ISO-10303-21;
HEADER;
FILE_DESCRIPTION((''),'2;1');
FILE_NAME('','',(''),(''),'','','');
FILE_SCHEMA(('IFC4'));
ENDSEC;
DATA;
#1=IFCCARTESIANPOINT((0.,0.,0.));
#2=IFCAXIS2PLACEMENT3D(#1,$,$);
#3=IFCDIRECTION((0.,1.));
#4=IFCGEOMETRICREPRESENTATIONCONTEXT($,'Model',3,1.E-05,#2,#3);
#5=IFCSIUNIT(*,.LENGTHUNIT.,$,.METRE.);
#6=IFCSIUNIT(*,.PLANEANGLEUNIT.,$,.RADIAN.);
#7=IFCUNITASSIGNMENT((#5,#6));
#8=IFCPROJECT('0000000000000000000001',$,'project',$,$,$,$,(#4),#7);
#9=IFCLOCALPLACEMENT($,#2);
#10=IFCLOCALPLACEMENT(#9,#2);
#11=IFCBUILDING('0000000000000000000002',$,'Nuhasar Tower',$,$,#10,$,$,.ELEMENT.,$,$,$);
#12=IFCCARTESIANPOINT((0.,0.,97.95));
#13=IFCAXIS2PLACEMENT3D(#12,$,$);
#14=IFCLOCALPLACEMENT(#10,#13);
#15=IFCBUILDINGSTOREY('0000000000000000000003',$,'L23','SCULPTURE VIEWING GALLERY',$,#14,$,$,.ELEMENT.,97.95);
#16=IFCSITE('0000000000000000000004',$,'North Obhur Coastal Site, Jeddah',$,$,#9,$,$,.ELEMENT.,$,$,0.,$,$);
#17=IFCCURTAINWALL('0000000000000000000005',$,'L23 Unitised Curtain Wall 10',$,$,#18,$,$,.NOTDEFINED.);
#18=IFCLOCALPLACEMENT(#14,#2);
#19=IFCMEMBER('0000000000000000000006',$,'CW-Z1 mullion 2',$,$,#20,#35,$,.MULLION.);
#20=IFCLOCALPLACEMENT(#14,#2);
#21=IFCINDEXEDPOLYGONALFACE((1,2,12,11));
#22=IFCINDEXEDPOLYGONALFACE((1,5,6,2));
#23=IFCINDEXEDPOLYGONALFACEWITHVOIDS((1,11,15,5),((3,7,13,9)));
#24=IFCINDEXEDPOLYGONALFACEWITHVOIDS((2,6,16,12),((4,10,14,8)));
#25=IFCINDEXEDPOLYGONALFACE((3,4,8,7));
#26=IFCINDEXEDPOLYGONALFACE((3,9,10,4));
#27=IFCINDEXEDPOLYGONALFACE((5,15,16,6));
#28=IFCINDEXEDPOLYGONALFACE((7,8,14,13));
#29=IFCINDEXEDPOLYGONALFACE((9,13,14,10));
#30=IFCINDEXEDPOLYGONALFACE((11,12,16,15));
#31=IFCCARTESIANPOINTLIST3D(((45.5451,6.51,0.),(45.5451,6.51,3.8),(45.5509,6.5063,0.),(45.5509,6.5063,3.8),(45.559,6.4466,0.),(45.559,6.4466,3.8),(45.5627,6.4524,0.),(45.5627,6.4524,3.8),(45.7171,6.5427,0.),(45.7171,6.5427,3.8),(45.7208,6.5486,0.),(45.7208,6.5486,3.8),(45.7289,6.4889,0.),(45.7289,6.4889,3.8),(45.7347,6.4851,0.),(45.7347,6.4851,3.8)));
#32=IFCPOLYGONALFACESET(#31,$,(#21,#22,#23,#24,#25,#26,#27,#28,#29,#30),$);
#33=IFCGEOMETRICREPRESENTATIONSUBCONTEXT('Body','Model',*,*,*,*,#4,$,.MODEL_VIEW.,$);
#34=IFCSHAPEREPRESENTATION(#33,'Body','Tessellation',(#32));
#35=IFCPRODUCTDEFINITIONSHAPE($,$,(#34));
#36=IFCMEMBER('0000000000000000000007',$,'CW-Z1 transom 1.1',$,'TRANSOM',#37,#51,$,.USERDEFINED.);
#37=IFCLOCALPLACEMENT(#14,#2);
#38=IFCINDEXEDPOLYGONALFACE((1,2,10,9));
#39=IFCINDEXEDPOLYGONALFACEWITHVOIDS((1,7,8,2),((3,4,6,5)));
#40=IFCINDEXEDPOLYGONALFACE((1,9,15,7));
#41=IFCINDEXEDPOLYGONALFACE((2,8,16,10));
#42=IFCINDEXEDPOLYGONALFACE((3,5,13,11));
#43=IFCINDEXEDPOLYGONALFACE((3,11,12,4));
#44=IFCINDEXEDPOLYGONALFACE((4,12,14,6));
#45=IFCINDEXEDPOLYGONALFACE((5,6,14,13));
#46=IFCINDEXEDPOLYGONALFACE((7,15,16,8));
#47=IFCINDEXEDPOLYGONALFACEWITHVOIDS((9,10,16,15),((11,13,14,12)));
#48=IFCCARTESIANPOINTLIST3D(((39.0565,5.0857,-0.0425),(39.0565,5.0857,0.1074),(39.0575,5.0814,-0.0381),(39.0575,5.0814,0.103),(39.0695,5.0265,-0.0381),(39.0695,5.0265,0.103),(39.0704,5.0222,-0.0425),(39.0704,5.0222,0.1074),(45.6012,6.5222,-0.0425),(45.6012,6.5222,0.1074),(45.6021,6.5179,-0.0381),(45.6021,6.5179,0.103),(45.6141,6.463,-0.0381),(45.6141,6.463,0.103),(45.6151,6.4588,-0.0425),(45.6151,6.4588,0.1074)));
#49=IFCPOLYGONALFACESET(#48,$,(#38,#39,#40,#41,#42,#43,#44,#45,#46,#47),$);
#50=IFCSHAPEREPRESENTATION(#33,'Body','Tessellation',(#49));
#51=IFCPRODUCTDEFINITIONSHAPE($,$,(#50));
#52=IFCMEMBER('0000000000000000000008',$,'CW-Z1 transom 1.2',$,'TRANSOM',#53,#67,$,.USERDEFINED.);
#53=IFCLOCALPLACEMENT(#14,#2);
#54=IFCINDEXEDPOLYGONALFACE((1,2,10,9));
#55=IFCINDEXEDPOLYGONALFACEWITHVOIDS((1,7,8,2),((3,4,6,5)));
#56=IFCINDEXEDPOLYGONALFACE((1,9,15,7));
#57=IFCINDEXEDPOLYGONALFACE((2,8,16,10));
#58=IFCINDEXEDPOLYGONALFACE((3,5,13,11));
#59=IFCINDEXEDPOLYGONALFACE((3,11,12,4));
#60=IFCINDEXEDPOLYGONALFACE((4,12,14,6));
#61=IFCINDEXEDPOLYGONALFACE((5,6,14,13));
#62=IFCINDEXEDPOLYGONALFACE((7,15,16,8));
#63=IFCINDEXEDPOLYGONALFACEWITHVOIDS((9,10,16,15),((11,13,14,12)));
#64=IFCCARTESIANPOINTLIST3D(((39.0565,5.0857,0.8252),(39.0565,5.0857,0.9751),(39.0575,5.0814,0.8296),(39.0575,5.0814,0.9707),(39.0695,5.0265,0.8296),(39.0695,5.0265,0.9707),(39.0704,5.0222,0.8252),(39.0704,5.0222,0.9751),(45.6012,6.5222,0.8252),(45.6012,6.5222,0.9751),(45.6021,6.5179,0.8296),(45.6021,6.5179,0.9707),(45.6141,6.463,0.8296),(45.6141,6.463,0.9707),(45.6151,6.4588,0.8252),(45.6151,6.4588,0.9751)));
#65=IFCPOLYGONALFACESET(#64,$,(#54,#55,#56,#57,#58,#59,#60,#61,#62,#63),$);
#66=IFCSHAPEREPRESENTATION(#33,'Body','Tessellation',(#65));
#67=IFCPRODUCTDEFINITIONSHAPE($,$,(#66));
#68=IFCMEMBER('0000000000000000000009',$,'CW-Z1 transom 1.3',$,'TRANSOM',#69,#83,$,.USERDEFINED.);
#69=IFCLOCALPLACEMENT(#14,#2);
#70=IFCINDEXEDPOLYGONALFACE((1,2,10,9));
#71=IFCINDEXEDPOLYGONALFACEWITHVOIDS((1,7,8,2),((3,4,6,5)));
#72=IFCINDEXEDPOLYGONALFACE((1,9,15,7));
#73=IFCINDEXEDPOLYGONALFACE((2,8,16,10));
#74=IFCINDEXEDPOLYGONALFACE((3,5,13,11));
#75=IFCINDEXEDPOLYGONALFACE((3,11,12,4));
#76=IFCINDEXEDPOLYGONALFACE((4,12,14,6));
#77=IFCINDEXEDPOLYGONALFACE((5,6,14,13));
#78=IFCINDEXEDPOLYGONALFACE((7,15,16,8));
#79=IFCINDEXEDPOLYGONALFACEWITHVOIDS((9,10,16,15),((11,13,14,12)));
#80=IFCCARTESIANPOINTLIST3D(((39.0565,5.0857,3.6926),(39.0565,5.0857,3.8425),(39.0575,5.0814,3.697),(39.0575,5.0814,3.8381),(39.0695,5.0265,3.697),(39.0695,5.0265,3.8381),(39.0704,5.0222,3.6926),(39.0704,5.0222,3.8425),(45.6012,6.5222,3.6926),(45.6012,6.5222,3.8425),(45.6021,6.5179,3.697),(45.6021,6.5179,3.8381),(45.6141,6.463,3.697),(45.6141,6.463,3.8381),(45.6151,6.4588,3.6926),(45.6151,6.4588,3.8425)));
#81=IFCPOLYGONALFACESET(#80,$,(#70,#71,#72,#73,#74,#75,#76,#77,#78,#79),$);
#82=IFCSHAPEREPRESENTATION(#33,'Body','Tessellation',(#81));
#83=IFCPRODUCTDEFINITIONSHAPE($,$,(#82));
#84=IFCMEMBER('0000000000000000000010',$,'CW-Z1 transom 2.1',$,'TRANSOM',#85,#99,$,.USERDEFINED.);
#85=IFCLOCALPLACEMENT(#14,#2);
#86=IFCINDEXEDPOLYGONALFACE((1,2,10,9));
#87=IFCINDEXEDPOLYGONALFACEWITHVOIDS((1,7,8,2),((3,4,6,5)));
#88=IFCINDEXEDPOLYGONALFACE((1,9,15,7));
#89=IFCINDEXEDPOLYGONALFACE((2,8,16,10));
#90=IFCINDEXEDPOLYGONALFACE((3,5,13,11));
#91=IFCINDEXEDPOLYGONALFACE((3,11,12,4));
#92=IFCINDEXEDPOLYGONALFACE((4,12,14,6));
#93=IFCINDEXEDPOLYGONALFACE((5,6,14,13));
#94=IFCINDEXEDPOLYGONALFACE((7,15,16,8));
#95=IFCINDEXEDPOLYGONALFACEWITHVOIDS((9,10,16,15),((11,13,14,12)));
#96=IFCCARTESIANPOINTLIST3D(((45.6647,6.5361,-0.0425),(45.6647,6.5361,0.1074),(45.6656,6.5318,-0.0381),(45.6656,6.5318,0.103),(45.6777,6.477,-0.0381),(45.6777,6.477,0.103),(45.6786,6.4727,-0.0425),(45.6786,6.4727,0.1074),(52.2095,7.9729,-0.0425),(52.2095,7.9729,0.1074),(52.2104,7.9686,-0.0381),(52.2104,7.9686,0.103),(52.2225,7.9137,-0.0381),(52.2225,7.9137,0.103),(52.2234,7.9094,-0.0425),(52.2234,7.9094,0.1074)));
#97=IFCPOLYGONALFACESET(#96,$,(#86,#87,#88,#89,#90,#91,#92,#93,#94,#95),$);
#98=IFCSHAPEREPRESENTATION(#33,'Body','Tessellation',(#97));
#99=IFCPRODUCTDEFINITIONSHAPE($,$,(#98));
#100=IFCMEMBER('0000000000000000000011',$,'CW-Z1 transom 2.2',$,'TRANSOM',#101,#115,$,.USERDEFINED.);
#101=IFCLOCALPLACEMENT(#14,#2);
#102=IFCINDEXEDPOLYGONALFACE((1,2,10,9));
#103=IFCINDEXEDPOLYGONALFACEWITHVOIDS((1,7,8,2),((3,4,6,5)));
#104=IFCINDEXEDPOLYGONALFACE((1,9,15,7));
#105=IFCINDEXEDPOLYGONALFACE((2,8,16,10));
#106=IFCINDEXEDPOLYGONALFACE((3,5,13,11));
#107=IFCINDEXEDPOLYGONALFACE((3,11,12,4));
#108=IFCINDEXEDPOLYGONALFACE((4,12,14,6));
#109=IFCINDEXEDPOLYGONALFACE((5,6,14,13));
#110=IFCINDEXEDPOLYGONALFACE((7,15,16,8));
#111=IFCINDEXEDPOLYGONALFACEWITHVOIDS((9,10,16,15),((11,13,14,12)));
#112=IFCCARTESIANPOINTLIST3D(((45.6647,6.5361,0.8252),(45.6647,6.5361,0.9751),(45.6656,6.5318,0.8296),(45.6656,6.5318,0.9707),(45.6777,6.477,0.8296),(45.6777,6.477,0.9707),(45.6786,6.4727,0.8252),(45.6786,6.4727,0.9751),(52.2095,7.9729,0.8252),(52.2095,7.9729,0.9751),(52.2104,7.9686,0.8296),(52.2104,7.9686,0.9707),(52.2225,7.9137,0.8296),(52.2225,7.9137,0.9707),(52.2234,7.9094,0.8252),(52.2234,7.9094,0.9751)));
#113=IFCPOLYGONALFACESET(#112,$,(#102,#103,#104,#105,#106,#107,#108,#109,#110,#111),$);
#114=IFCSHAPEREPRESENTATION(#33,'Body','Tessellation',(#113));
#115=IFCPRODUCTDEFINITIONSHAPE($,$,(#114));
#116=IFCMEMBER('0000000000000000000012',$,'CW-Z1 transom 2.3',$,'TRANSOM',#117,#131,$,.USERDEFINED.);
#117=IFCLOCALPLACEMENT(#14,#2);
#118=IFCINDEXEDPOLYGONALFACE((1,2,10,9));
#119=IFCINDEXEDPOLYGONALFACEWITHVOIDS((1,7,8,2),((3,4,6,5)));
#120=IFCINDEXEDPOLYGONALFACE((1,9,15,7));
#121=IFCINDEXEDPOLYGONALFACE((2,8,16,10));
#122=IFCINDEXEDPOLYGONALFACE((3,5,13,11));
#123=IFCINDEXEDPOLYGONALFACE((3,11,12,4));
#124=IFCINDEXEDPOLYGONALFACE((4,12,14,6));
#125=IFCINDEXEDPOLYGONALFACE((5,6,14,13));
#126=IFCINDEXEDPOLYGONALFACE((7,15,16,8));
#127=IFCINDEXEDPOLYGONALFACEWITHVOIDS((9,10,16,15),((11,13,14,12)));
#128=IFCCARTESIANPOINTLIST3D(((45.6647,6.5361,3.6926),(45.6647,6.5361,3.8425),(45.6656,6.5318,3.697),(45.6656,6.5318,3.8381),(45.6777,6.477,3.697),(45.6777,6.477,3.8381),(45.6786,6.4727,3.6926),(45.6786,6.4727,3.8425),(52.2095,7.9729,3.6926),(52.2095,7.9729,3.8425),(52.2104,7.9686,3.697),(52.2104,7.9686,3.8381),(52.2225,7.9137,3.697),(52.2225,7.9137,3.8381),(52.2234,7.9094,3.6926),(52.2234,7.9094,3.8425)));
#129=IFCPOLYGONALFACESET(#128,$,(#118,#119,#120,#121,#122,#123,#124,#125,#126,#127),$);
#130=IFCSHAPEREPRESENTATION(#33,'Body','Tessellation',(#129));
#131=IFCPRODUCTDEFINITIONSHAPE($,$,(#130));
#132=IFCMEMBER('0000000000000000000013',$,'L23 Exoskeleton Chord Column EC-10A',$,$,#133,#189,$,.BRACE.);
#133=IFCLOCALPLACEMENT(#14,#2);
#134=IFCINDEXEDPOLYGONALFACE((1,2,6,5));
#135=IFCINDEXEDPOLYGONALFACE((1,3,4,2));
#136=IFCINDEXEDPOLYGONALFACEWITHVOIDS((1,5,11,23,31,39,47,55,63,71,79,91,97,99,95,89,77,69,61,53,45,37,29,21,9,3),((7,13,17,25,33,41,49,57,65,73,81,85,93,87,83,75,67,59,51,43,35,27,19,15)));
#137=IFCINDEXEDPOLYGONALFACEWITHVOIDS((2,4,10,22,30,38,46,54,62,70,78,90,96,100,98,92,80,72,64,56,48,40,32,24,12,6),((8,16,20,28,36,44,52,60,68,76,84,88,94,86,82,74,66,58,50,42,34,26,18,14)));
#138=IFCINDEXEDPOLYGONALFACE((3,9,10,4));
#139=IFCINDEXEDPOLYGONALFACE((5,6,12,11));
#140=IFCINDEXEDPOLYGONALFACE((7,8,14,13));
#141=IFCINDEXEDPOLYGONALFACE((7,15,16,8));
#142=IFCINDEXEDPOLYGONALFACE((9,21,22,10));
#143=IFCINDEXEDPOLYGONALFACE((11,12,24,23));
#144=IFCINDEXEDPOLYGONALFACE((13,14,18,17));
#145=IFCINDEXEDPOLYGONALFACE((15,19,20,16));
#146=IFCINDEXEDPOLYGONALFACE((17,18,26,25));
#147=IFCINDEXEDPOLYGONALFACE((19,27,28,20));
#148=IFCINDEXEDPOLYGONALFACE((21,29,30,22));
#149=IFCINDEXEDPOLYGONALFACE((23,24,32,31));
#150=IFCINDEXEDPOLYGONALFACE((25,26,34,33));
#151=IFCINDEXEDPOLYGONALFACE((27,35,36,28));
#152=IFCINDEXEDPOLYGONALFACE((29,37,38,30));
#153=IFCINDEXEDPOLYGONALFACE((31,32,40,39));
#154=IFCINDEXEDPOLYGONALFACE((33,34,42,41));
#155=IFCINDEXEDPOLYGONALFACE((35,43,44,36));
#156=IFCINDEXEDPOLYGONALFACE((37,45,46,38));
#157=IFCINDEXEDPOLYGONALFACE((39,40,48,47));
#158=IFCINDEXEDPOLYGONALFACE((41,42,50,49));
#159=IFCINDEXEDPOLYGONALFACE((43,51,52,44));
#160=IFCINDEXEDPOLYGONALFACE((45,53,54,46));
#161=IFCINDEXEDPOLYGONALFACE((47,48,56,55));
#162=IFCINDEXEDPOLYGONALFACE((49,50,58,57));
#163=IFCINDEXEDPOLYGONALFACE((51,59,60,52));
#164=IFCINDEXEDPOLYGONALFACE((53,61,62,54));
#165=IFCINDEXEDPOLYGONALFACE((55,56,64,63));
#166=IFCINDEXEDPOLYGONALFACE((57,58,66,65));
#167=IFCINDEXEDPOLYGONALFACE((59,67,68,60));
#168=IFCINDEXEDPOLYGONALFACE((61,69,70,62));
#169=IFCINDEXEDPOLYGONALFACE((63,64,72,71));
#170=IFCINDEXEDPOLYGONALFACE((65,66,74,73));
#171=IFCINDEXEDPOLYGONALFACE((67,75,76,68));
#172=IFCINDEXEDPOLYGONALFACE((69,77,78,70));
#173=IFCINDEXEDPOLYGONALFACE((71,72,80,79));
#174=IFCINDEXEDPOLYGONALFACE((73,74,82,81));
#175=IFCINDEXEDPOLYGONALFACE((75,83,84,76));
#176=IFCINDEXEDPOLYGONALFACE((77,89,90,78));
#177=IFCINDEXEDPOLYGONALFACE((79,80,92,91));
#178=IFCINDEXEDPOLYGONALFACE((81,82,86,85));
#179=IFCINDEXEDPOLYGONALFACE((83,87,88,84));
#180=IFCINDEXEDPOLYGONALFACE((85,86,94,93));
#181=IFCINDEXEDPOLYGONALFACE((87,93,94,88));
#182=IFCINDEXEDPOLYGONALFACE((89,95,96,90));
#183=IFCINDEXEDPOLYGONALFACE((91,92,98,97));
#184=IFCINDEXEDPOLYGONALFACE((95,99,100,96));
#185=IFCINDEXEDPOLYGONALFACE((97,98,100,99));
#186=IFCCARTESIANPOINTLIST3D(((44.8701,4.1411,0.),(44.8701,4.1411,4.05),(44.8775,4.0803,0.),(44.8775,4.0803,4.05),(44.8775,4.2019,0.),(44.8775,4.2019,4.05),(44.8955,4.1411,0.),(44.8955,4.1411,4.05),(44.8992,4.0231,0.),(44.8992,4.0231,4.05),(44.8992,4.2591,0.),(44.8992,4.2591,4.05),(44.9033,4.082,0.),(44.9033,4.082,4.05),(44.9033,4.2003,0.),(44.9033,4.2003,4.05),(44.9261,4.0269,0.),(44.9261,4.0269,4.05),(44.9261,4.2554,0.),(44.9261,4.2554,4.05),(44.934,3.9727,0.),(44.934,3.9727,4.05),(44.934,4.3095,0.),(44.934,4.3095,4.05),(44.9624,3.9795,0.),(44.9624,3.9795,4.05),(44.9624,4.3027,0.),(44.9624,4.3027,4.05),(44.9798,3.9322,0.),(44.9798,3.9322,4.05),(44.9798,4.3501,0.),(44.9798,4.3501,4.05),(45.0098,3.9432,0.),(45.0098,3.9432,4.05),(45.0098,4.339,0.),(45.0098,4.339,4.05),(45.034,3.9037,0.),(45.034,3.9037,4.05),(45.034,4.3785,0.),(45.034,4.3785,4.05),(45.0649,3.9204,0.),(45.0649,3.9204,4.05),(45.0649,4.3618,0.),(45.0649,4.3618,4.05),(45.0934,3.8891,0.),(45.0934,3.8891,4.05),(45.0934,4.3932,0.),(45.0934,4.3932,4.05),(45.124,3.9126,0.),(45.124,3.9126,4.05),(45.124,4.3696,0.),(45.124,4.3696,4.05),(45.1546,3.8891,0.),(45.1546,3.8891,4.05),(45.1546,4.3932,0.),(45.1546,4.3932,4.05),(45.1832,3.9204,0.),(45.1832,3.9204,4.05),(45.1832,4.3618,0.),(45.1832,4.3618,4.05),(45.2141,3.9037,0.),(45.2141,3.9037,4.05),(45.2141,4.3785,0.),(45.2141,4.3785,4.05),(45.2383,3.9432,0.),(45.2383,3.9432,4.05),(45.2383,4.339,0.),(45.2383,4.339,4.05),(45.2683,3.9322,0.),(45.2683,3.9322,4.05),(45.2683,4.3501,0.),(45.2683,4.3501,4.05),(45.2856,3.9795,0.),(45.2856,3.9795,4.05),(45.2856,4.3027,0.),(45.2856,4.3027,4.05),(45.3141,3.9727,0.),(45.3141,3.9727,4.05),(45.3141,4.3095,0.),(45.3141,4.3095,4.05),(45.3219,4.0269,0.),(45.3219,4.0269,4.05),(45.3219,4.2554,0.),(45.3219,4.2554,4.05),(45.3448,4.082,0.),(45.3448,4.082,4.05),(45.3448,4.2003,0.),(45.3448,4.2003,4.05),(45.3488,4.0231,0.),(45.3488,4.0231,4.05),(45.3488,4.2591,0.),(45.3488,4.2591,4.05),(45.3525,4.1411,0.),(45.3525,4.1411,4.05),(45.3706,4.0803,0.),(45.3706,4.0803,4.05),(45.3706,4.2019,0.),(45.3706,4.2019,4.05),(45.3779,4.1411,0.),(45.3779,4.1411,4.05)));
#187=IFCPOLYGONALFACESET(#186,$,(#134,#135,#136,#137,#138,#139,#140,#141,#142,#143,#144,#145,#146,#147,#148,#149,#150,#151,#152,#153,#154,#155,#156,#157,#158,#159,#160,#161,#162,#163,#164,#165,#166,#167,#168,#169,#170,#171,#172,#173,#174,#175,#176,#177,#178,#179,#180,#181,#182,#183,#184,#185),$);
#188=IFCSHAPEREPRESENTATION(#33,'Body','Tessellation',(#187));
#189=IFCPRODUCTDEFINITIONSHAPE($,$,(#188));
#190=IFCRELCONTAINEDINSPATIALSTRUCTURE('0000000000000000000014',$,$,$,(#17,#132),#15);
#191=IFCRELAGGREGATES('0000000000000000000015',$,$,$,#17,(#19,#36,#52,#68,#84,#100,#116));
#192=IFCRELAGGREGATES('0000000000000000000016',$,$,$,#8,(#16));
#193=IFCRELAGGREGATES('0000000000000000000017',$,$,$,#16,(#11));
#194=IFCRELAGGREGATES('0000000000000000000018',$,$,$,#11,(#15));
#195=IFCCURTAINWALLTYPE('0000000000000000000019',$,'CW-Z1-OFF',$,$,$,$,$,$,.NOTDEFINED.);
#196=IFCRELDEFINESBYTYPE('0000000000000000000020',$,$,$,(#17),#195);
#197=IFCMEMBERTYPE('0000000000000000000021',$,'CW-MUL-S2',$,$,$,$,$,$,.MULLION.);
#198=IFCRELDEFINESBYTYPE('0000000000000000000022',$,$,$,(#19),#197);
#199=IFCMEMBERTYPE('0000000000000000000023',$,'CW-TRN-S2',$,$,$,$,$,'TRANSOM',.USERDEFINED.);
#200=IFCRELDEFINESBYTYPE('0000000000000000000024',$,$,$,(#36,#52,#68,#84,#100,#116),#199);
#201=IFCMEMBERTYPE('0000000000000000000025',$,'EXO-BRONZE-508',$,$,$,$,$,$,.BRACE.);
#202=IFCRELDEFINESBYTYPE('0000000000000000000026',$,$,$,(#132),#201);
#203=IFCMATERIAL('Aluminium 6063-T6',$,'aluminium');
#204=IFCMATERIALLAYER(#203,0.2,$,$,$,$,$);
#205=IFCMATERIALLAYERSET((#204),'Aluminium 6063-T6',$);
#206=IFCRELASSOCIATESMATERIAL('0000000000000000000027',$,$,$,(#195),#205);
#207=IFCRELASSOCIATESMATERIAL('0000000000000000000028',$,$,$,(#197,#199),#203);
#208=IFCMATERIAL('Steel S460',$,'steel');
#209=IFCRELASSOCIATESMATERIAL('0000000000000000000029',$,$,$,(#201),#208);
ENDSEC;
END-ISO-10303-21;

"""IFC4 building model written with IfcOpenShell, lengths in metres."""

from ifc_helpers import new_model, si_unit, direction, frame, origin, origin_2d, place, context, subcontext, project, spatial, hollow_rectangle, hollow_circle, extrude, material, layer, layer_set, material_profile, profile_set, type_object, element, aggregate, save


model = new_model("IFC4")

# Units and contexts
model_context = context("Model", 3, precision=1e-05, world=origin(), true_north=direction((0.0, 1.0)))
body_context = subcontext(model_context, "Body", "Model", "MODEL_VIEW")
ifc_project = project(units=[si_unit("LENGTHUNIT", "METRE"), si_unit("PLANEANGLEUNIT", "RADIAN")], contexts=[model_context])

# Site, building, storey
site_placement = place(None, origin())
site = spatial("IfcSite", under=ifc_project, at=site_placement, Name="North Obhur Coastal Site, Jeddah", CompositionType="ELEMENT", RefElevation=0.0)
building_placement = place(site_placement, origin())
building = spatial("IfcBuilding", under=site, at=building_placement, Name="Nuhasar Tower", CompositionType="ELEMENT")
storey_placement = place(building_placement, frame((0.0, 0.0, 97.95)))
storey = spatial("IfcBuildingStorey", under=building, at=storey_placement, Name="L23", Description="SCULPTURE VIEWING GALLERY", CompositionType="ELEMENT", Elevation=97.95)

# Curtain wall, members
ifc_material_1 = material(Name="Aluminium 6063-T6", Category="aluminium")
ifc_layer_1 = layer(ifc_material_1, 0.2)
ifc_layer_set_1 = layer_set([ifc_layer_1], Name="Aluminium 6063-T6")
curtain_wall_type = type_object("IfcCurtainWallType", Name="CW-Z1-OFF", PredefinedType="NOTDEFINED", material=ifc_layer_set_1)
curtain_wall_placement = place(storey_placement, origin())
curtain_wall = element("IfcCurtainWall", 1, at=curtain_wall_placement, inside=storey, type_object=curtain_wall_type, Name="L23 Unitised Curtain Wall 10", PredefinedType="NOTDEFINED")
ifc_material_profile_1 = material_profile(ifc_material_1, hollow_rectangle(XDim=0.0649, YDim=0.1799, WallThickness=0.0049, at=origin_2d()), Name="CWM-2")
ifc_profile_set_1 = profile_set([ifc_material_profile_1], Name="Aluminium 6063-T6")
member_type_1 = type_object("IfcMemberType", Name="CW-MUL-S2", PredefinedType="MULLION", material=ifc_profile_set_1)
member_1_placement = place(storey_placement, frame((45.6399, 6.4976, 0.0), z_axis=(0.0, 0.0, 1.0), x_axis=(-0.214399, 0.976746, 0.0)))
member_1 = element("IfcMember", 2, at=member_1_placement, type_object=member_type_1, Name="CW-Z1 mullion 2", PredefinedType="MULLION", context=body_context, shape_type="SweptSolid", body=[
    extrude(hollow_rectangle(XDim=0.0649, YDim=0.1799, WallThickness=0.0049, at=origin_2d()), origin(), (0.0, 0.0, 1.0), 3.8),
])
ifc_material_profile_2 = material_profile(ifc_material_1, hollow_rectangle(XDim=0.0649, YDim=0.1499, WallThickness=0.0044, at=origin_2d()), Name="CWT-2")
ifc_profile_set_2 = profile_set([ifc_material_profile_2], Name="Aluminium 6063-T6")
member_type_2 = type_object("IfcMemberType", Name="CW-TRN-S2", ElementType="TRANSOM", PredefinedType="USERDEFINED", material=ifc_profile_set_2)
member_2_placement = place(storey_placement, frame((39.0635, 5.054, 0.0325), z_axis=(0.976748, 0.214391, 0.0), x_axis=(-0.214391, 0.976748, 0.0)))
member_2 = element("IfcMember", 3, at=member_2_placement, type_object=member_type_2, Name="CW-Z1 transom 1.1", ObjectType="TRANSOM", PredefinedType="USERDEFINED", context=body_context, shape_type="SweptSolid", body=[
    extrude(hollow_rectangle(XDim=0.0649, YDim=0.1499, WallThickness=0.0044, at=origin_2d()), origin(), (0.0, 0.0, 1.0), 6.7004),
])
member_3_placement = place(storey_placement, frame((39.0635, 5.054, 0.9001), z_axis=(0.976748, 0.214391, 0.0), x_axis=(-0.214391, 0.976748, 0.0)))
member_3 = element("IfcMember", 4, at=member_3_placement, type_object=member_type_2, Name="CW-Z1 transom 1.2", ObjectType="TRANSOM", PredefinedType="USERDEFINED", context=body_context, shape_type="SweptSolid", body=[
    extrude(hollow_rectangle(XDim=0.0649, YDim=0.1499, WallThickness=0.0044, at=origin_2d()), origin(), (0.0, 0.0, 1.0), 6.7004),
])
member_4_placement = place(storey_placement, frame((39.0635, 5.054, 3.7676), z_axis=(0.976748, 0.214391, 0.0), x_axis=(-0.214391, 0.976748, 0.0)))
member_4 = element("IfcMember", 5, at=member_4_placement, type_object=member_type_2, Name="CW-Z1 transom 1.3", ObjectType="TRANSOM", PredefinedType="USERDEFINED", context=body_context, shape_type="SweptSolid", body=[
    extrude(hollow_rectangle(XDim=0.0649, YDim=0.1499, WallThickness=0.0044, at=origin_2d()), origin(), (0.0, 0.0, 1.0), 6.7004),
])
member_5_placement = place(storey_placement, frame((45.6716, 6.5044, 0.0325), z_axis=(0.976742, 0.214418, 0.0), x_axis=(-0.214418, 0.976742, 0.0)))
member_5 = element("IfcMember", 6, at=member_5_placement, type_object=member_type_2, Name="CW-Z1 transom 2.1", ObjectType="TRANSOM", PredefinedType="USERDEFINED", context=body_context, shape_type="SweptSolid", body=[
    extrude(hollow_rectangle(XDim=0.0649, YDim=0.1499, WallThickness=0.0044, at=origin_2d()), origin(), (0.0, 0.0, 1.0), 6.7007),
])
member_6_placement = place(storey_placement, frame((45.6716, 6.5044, 0.9001), z_axis=(0.976742, 0.214418, 0.0), x_axis=(-0.214418, 0.976742, 0.0)))
member_6 = element("IfcMember", 7, at=member_6_placement, type_object=member_type_2, Name="CW-Z1 transom 2.2", ObjectType="TRANSOM", PredefinedType="USERDEFINED", context=body_context, shape_type="SweptSolid", body=[
    extrude(hollow_rectangle(XDim=0.0649, YDim=0.1499, WallThickness=0.0044, at=origin_2d()), origin(), (0.0, 0.0, 1.0), 6.7007),
])
member_7_placement = place(storey_placement, frame((45.6716, 6.5044, 3.7676), z_axis=(0.976742, 0.214418, 0.0), x_axis=(-0.214418, 0.976742, 0.0)))
member_7 = element("IfcMember", 8, at=member_7_placement, type_object=member_type_2, Name="CW-Z1 transom 2.3", ObjectType="TRANSOM", PredefinedType="USERDEFINED", context=body_context, shape_type="SweptSolid", body=[
    extrude(hollow_rectangle(XDim=0.0649, YDim=0.1499, WallThickness=0.0044, at=origin_2d()), origin(), (0.0, 0.0, 1.0), 6.7007),
])

# Member
ifc_material_2 = material(Name="Steel S460", Category="steel")
ifc_material_profile_3 = material_profile(ifc_material_2, hollow_circle(Radius=0.2539, WallThickness=0.0254, at=origin_2d()), Name="HSS508X25.4")
ifc_profile_set_3 = profile_set([ifc_material_profile_3], Name="Steel S460")
member_type_3 = type_object("IfcMemberType", Name="EXO-BRONZE-508", PredefinedType="BRACE", material=ifc_profile_set_3)
member_8_placement = place(storey_placement, frame((45.124, 4.1411, 0.0), z_axis=(0.0, 0.0, 1.0), x_axis=(1.0, 0.0, 0.0)))
element("IfcMember", 9, at=member_8_placement, inside=storey, type_object=member_type_3, Name="L23 Exoskeleton Chord Column EC-10A", PredefinedType="BRACE", context=body_context, shape_type="SweptSolid", body=[
    extrude(hollow_circle(Radius=0.2539, WallThickness=0.0254, at=origin_2d()), origin(), (0.0, 0.0, 1.0), 4.05),
])

aggregate(curtain_wall, [member_1, member_2, member_3, member_4, member_5, member_6, member_7])

save(model, "model.ifc")
